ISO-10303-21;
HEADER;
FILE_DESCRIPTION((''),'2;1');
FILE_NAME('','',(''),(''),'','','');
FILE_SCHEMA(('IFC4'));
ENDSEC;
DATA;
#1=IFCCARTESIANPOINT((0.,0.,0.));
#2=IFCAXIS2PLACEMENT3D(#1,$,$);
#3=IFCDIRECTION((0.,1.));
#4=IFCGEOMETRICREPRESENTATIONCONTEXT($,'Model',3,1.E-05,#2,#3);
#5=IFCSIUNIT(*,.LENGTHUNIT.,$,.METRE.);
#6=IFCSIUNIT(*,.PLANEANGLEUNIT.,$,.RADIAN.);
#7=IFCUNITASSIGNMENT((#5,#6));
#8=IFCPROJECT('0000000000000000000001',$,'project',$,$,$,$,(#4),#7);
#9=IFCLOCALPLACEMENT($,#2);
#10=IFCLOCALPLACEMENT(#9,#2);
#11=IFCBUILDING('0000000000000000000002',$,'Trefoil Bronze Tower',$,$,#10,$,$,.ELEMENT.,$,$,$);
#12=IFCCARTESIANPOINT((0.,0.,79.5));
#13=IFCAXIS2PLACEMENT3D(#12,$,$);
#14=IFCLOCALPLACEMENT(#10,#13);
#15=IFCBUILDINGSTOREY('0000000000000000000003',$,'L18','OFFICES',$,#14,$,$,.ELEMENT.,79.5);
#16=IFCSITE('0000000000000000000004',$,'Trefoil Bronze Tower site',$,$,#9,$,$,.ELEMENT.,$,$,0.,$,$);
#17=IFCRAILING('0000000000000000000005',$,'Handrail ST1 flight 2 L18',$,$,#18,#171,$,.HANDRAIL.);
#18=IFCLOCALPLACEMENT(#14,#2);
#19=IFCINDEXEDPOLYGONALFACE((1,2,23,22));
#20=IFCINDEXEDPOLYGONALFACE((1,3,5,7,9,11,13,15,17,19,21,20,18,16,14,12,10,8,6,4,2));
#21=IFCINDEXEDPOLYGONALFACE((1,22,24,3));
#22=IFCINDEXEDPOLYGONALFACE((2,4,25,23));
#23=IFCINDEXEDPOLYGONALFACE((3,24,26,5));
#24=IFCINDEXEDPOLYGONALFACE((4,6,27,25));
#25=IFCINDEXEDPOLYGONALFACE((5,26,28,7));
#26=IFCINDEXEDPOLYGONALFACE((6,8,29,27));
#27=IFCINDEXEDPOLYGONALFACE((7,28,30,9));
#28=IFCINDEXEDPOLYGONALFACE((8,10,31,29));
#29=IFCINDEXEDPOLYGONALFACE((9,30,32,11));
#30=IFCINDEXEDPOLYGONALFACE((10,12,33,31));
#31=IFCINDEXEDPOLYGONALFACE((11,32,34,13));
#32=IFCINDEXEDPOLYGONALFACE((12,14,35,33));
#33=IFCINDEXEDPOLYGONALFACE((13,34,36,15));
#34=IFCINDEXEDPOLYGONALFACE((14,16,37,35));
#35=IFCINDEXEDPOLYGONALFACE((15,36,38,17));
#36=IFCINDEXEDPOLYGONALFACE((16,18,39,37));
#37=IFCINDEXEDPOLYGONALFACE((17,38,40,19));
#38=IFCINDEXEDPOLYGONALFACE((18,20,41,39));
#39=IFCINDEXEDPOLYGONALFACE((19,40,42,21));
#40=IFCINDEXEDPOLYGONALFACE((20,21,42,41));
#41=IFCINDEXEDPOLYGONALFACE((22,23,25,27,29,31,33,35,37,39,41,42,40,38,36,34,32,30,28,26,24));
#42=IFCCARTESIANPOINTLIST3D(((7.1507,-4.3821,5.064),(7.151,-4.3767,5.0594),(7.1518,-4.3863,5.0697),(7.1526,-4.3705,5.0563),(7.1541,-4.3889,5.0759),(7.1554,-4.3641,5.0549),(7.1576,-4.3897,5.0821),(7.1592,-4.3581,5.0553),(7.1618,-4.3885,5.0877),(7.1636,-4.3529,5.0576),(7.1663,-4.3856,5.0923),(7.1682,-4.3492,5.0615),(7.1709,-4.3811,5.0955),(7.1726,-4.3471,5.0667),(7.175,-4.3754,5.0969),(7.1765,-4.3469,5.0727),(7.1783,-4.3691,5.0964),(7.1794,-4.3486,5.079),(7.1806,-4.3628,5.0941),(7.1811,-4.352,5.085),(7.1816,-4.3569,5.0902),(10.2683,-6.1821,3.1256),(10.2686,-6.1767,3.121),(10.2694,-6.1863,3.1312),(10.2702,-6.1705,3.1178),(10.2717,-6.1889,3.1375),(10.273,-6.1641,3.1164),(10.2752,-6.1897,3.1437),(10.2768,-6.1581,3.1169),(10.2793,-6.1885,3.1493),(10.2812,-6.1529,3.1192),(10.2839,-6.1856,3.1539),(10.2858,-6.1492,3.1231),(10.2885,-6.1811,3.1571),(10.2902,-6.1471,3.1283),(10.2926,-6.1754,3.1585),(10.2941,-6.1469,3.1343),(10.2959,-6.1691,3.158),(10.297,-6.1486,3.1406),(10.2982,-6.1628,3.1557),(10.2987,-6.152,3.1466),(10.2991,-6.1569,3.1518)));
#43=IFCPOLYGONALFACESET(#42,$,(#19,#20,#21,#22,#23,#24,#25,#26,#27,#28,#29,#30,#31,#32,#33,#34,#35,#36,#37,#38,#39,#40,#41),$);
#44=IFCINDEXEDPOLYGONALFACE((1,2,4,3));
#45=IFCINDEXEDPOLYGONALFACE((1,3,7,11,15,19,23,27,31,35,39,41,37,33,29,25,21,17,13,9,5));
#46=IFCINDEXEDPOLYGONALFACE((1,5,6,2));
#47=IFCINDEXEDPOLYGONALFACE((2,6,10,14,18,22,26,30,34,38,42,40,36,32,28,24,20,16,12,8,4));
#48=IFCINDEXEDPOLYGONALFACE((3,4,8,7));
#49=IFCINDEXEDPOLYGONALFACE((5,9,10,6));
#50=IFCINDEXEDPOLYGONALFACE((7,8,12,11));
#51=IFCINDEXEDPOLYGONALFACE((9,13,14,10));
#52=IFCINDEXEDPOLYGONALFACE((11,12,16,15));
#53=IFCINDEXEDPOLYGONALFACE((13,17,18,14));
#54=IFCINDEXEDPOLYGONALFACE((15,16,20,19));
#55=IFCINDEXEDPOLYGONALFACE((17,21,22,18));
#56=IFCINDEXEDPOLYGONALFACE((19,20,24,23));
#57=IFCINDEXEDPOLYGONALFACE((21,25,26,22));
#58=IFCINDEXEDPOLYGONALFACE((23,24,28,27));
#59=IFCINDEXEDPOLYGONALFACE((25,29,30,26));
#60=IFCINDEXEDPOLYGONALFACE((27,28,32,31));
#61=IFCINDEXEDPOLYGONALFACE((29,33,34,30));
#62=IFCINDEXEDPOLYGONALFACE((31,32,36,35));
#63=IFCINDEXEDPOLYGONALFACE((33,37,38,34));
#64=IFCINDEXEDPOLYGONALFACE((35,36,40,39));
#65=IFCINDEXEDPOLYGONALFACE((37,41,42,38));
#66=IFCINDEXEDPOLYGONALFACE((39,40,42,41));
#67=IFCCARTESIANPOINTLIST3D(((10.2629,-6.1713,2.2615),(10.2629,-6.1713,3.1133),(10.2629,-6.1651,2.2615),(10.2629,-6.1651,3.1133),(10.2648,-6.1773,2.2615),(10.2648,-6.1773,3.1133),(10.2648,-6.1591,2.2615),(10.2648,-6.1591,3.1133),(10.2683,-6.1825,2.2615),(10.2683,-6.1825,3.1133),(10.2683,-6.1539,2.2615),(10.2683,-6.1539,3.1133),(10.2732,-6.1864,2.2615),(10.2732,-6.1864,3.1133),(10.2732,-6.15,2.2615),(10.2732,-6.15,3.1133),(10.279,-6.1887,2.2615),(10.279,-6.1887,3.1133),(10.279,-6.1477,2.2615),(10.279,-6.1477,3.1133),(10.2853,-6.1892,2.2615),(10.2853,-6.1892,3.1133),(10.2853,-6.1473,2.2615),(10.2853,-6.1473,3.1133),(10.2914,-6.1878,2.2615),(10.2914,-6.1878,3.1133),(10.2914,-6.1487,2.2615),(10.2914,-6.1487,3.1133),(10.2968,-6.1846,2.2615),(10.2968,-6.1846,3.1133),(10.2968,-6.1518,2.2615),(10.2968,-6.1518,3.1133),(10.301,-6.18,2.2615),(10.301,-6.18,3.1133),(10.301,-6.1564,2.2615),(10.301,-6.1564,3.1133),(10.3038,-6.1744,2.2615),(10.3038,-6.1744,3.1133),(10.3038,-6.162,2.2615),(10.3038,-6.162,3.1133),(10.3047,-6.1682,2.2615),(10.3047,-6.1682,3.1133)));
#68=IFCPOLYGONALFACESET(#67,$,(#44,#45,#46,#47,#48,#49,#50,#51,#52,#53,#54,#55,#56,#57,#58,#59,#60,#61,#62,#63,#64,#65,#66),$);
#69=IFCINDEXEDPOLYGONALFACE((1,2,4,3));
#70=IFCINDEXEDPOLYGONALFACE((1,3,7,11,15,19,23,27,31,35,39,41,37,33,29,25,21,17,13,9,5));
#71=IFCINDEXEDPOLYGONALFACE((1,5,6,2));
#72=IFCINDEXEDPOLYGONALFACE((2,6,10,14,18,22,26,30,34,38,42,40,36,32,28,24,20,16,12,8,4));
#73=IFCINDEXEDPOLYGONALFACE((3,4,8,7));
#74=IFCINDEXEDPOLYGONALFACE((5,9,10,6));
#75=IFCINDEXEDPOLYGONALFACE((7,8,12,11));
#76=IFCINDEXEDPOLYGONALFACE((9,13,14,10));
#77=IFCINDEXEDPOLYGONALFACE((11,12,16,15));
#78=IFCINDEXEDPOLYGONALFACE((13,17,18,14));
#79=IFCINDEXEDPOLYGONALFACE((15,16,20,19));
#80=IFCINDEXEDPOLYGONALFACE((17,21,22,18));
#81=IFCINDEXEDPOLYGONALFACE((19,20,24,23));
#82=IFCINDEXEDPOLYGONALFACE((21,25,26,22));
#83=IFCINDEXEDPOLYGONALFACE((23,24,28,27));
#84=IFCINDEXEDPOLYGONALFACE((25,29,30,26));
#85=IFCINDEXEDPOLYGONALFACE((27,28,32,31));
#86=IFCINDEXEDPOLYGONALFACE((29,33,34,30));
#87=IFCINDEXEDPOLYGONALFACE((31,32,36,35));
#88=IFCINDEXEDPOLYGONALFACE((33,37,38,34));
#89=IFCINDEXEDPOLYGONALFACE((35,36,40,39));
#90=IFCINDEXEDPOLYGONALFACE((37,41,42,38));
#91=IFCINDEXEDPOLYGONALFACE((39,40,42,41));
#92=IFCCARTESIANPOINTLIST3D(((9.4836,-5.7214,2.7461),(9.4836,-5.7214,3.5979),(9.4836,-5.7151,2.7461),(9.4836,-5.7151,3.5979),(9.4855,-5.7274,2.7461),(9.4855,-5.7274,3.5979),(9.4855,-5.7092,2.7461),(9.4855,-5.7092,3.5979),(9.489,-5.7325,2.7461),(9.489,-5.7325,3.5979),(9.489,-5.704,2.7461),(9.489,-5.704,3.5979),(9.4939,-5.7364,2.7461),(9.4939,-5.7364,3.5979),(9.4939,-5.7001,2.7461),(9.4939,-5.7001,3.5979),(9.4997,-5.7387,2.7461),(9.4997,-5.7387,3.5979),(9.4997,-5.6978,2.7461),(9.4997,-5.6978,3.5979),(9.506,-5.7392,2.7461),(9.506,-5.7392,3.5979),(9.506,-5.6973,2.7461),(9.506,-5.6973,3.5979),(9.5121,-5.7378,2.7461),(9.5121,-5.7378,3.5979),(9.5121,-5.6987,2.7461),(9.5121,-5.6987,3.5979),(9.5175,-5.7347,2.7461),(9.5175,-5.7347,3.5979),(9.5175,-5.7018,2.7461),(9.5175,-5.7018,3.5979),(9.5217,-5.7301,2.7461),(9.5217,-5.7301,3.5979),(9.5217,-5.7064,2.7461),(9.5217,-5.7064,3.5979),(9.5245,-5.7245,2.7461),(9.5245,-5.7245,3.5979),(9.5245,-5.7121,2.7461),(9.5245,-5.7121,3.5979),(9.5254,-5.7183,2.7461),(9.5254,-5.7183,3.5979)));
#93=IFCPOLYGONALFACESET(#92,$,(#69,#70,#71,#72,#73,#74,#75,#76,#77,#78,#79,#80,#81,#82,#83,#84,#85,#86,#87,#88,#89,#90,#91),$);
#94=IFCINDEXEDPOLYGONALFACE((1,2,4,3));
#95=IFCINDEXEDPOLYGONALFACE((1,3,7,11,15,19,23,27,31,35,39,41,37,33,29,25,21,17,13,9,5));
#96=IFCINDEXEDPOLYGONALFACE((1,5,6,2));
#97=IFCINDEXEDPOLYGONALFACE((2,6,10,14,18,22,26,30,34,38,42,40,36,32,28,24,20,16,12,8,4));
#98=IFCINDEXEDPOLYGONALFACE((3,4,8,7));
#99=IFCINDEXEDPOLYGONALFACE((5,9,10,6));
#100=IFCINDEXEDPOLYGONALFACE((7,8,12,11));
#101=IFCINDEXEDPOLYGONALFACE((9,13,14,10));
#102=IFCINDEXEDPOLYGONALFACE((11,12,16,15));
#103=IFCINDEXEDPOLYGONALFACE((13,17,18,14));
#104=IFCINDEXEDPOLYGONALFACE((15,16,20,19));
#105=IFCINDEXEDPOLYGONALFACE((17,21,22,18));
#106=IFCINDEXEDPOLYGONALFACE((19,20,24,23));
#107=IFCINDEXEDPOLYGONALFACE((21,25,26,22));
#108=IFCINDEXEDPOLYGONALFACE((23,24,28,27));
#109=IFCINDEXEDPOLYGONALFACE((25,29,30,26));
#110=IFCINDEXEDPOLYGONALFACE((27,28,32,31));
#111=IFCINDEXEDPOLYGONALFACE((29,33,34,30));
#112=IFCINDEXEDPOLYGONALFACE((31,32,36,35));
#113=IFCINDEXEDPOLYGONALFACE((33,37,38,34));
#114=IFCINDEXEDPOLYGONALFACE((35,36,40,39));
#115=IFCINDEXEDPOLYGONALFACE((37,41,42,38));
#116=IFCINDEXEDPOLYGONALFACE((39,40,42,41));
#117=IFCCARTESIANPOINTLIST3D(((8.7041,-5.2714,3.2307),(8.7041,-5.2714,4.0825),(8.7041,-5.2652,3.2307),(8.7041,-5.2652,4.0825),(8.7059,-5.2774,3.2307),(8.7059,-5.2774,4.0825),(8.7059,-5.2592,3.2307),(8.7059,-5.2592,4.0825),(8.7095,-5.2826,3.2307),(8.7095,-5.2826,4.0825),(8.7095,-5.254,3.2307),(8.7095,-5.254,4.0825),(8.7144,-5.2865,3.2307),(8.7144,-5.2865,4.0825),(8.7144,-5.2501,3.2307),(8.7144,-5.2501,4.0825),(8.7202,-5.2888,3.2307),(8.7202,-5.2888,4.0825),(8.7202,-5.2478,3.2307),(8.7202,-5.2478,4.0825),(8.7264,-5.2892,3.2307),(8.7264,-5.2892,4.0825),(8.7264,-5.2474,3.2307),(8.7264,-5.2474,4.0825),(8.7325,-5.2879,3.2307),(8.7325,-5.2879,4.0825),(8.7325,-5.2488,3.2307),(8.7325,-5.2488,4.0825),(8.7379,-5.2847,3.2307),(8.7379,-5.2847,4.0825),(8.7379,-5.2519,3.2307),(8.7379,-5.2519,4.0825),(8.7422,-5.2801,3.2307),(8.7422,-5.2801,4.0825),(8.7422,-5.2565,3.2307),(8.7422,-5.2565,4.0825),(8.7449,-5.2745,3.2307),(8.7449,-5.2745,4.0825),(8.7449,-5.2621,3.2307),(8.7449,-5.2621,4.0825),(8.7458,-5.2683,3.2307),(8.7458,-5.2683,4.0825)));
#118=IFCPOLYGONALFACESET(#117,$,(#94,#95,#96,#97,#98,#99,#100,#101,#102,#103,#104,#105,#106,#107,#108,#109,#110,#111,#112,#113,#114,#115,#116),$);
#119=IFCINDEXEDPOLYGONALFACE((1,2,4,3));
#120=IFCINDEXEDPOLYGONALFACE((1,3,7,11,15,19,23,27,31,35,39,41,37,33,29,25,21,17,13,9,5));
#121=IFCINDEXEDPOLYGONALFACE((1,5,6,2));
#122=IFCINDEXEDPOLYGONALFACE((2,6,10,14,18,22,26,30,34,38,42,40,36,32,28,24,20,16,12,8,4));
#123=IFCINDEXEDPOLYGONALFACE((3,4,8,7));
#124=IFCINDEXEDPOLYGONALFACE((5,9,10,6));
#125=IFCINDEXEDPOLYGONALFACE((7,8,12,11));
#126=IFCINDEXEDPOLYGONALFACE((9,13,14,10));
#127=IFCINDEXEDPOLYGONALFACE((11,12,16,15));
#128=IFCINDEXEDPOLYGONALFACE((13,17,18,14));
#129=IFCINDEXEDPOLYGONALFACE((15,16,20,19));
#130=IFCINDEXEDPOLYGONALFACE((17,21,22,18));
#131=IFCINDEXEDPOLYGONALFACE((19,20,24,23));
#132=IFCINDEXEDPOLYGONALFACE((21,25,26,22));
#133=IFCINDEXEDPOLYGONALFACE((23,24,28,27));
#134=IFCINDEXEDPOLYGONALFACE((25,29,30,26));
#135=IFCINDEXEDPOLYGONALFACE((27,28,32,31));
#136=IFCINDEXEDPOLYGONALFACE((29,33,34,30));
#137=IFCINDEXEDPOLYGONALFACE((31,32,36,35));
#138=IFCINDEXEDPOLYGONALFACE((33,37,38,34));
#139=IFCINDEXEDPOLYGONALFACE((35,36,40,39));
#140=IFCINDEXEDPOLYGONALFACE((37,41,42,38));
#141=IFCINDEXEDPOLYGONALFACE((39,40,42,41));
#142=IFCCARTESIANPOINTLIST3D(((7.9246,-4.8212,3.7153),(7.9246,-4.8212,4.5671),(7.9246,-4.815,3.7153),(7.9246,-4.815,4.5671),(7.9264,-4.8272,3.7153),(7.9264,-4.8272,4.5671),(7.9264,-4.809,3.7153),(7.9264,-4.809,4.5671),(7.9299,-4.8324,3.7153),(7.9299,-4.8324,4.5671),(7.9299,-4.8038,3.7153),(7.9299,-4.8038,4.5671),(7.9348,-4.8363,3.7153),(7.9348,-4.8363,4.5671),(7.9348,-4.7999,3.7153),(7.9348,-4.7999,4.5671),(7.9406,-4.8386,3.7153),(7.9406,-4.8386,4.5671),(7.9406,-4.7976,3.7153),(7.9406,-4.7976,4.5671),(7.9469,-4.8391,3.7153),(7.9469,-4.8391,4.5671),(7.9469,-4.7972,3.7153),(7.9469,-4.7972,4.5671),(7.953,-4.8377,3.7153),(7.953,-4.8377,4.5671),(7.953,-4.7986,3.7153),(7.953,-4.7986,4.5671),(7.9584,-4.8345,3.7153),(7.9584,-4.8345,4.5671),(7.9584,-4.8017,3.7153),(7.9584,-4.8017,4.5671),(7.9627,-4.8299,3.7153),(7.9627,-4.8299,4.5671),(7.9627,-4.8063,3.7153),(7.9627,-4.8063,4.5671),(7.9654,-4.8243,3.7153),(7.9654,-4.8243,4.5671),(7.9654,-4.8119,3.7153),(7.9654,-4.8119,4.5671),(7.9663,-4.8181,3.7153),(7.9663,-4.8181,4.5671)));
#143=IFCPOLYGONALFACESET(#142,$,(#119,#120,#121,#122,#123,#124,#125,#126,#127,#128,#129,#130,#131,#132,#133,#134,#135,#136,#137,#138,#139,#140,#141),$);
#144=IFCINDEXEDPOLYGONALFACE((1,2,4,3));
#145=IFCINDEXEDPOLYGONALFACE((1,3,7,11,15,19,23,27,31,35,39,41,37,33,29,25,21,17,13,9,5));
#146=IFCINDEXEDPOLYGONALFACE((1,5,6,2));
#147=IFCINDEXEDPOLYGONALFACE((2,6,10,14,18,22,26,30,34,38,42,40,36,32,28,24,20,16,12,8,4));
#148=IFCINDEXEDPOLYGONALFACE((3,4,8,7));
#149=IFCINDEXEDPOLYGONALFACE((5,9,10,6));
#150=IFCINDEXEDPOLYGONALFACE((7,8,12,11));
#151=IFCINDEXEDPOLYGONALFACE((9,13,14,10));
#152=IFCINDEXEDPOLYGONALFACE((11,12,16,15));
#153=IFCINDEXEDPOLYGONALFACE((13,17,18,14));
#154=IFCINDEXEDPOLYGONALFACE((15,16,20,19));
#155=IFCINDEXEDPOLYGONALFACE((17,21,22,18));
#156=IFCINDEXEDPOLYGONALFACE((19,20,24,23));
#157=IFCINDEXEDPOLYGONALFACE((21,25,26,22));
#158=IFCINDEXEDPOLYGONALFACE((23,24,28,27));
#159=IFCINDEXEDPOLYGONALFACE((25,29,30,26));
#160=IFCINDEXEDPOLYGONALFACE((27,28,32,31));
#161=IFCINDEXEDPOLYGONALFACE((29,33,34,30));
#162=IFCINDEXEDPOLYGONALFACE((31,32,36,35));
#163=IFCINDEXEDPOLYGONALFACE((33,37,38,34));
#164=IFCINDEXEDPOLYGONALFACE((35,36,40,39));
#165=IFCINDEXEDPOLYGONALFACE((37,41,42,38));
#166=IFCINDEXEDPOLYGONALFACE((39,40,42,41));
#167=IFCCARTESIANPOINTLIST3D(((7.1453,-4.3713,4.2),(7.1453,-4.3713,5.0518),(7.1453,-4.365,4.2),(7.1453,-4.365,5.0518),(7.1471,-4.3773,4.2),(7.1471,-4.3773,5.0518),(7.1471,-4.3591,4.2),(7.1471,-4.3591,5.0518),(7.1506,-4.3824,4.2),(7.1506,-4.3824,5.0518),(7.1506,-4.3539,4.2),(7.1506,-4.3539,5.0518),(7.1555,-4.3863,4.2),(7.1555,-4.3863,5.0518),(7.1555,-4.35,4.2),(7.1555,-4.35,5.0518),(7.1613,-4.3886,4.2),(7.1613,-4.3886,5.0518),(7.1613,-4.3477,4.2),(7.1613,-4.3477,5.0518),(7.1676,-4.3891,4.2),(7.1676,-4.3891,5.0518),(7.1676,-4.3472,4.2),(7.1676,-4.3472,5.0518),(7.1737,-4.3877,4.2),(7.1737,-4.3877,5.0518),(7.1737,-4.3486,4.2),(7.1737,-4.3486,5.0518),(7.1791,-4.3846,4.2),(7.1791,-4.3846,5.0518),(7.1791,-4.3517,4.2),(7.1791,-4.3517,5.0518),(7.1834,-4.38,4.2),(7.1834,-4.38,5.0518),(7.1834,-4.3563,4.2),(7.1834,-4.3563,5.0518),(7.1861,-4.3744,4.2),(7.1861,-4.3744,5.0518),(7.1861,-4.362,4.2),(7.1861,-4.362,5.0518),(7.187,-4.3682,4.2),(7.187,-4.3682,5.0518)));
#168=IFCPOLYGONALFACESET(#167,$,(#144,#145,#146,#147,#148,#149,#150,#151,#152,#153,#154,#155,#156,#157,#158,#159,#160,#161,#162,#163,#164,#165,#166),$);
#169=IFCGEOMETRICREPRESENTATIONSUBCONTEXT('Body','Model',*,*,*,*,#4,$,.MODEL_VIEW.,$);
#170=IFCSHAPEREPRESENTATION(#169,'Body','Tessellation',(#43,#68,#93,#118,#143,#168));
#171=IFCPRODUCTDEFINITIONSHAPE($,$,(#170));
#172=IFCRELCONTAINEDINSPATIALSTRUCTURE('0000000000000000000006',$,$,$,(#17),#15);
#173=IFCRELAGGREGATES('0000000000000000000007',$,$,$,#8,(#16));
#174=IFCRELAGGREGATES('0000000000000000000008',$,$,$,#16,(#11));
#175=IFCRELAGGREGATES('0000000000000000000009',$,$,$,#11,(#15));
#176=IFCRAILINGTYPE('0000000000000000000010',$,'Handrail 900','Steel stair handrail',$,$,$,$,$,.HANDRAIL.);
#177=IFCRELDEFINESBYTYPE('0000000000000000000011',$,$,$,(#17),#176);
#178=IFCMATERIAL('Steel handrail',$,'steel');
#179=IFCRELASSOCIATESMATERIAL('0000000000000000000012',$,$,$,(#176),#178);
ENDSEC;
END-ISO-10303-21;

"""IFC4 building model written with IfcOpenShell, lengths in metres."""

from ifc_helpers import new_model, si_unit, direction, frame, origin, origin_2d, place, context, subcontext, project, spatial, circle, extrude, material, type_object, element, save


model = new_model("IFC4")

# Units and contexts
model_context = context("Model", 3, precision=1e-05, world=origin(), true_north=direction((0.0, 1.0)))
body_context = subcontext(model_context, "Body", "Model", "MODEL_VIEW")
ifc_project = project(units=[si_unit("LENGTHUNIT", "METRE"), si_unit("PLANEANGLEUNIT", "RADIAN")], contexts=[model_context])

# Site, building, storey
site_placement = place(None, origin())
site = spatial("IfcSite", under=ifc_project, at=site_placement, Name="Trefoil Bronze Tower site", CompositionType="ELEMENT", RefElevation=0.0)
building_placement = place(site_placement, origin())
building = spatial("IfcBuilding", under=site, at=building_placement, Name="Trefoil Bronze Tower", CompositionType="ELEMENT")
storey_placement = place(building_placement, frame((0.0, 0.0, 79.5)))
storey = spatial("IfcBuildingStorey", under=building, at=storey_placement, Name="L18", Description="OFFICES", CompositionType="ELEMENT", Elevation=79.5)

# Railing
ifc_material_1 = material(Name="Steel handrail", Category="steel")
railing_type = type_object("IfcRailingType", Name="Handrail 900", Description="Steel stair handrail", PredefinedType="HANDRAIL", material=ifc_material_1)
railing_1_placement = place(storey_placement, frame((10.2837, -6.1682, 2.2615)))
element("IfcRailing", 1, at=railing_1_placement, inside=storey, type_object=railing_type, Name="Handrail ST1 flight 2 L18", PredefinedType="HANDRAIL", context=body_context, shape_type="SweptSolid", body=[
    extrude(circle(Radius=0.0239, at=origin_2d()), frame((0.0, 0.0, 0.876), z_axis=(-0.762503, 0.440246, 0.474102), x_axis=(-0.500012, -0.866018, 0.0)), (0.0, 0.0, 1.0), 4.0886),
    extrude(circle(Radius=0.021, at=origin_2d()), origin(), (0.0, 0.0, 1.0), 0.8518),
    extrude(circle(Radius=0.021, at=origin_2d()), frame((-0.7793, 0.45, 0.4846)), (0.0, 0.0, 1.0), 0.8518),
    extrude(circle(Radius=0.021, at=origin_2d()), frame((-1.5588, 0.8999, 0.9692)), (0.0, 0.0, 1.0), 0.8518),
    extrude(circle(Radius=0.021, at=origin_2d()), frame((-2.3384, 1.3501, 1.4539)), (0.0, 0.0, 1.0), 0.8518),
    extrude(circle(Radius=0.021, at=origin_2d()), frame((-3.1177, 1.8, 1.9385)), (0.0, 0.0, 1.0), 0.8518),
])

save(model, "model.ifc")
